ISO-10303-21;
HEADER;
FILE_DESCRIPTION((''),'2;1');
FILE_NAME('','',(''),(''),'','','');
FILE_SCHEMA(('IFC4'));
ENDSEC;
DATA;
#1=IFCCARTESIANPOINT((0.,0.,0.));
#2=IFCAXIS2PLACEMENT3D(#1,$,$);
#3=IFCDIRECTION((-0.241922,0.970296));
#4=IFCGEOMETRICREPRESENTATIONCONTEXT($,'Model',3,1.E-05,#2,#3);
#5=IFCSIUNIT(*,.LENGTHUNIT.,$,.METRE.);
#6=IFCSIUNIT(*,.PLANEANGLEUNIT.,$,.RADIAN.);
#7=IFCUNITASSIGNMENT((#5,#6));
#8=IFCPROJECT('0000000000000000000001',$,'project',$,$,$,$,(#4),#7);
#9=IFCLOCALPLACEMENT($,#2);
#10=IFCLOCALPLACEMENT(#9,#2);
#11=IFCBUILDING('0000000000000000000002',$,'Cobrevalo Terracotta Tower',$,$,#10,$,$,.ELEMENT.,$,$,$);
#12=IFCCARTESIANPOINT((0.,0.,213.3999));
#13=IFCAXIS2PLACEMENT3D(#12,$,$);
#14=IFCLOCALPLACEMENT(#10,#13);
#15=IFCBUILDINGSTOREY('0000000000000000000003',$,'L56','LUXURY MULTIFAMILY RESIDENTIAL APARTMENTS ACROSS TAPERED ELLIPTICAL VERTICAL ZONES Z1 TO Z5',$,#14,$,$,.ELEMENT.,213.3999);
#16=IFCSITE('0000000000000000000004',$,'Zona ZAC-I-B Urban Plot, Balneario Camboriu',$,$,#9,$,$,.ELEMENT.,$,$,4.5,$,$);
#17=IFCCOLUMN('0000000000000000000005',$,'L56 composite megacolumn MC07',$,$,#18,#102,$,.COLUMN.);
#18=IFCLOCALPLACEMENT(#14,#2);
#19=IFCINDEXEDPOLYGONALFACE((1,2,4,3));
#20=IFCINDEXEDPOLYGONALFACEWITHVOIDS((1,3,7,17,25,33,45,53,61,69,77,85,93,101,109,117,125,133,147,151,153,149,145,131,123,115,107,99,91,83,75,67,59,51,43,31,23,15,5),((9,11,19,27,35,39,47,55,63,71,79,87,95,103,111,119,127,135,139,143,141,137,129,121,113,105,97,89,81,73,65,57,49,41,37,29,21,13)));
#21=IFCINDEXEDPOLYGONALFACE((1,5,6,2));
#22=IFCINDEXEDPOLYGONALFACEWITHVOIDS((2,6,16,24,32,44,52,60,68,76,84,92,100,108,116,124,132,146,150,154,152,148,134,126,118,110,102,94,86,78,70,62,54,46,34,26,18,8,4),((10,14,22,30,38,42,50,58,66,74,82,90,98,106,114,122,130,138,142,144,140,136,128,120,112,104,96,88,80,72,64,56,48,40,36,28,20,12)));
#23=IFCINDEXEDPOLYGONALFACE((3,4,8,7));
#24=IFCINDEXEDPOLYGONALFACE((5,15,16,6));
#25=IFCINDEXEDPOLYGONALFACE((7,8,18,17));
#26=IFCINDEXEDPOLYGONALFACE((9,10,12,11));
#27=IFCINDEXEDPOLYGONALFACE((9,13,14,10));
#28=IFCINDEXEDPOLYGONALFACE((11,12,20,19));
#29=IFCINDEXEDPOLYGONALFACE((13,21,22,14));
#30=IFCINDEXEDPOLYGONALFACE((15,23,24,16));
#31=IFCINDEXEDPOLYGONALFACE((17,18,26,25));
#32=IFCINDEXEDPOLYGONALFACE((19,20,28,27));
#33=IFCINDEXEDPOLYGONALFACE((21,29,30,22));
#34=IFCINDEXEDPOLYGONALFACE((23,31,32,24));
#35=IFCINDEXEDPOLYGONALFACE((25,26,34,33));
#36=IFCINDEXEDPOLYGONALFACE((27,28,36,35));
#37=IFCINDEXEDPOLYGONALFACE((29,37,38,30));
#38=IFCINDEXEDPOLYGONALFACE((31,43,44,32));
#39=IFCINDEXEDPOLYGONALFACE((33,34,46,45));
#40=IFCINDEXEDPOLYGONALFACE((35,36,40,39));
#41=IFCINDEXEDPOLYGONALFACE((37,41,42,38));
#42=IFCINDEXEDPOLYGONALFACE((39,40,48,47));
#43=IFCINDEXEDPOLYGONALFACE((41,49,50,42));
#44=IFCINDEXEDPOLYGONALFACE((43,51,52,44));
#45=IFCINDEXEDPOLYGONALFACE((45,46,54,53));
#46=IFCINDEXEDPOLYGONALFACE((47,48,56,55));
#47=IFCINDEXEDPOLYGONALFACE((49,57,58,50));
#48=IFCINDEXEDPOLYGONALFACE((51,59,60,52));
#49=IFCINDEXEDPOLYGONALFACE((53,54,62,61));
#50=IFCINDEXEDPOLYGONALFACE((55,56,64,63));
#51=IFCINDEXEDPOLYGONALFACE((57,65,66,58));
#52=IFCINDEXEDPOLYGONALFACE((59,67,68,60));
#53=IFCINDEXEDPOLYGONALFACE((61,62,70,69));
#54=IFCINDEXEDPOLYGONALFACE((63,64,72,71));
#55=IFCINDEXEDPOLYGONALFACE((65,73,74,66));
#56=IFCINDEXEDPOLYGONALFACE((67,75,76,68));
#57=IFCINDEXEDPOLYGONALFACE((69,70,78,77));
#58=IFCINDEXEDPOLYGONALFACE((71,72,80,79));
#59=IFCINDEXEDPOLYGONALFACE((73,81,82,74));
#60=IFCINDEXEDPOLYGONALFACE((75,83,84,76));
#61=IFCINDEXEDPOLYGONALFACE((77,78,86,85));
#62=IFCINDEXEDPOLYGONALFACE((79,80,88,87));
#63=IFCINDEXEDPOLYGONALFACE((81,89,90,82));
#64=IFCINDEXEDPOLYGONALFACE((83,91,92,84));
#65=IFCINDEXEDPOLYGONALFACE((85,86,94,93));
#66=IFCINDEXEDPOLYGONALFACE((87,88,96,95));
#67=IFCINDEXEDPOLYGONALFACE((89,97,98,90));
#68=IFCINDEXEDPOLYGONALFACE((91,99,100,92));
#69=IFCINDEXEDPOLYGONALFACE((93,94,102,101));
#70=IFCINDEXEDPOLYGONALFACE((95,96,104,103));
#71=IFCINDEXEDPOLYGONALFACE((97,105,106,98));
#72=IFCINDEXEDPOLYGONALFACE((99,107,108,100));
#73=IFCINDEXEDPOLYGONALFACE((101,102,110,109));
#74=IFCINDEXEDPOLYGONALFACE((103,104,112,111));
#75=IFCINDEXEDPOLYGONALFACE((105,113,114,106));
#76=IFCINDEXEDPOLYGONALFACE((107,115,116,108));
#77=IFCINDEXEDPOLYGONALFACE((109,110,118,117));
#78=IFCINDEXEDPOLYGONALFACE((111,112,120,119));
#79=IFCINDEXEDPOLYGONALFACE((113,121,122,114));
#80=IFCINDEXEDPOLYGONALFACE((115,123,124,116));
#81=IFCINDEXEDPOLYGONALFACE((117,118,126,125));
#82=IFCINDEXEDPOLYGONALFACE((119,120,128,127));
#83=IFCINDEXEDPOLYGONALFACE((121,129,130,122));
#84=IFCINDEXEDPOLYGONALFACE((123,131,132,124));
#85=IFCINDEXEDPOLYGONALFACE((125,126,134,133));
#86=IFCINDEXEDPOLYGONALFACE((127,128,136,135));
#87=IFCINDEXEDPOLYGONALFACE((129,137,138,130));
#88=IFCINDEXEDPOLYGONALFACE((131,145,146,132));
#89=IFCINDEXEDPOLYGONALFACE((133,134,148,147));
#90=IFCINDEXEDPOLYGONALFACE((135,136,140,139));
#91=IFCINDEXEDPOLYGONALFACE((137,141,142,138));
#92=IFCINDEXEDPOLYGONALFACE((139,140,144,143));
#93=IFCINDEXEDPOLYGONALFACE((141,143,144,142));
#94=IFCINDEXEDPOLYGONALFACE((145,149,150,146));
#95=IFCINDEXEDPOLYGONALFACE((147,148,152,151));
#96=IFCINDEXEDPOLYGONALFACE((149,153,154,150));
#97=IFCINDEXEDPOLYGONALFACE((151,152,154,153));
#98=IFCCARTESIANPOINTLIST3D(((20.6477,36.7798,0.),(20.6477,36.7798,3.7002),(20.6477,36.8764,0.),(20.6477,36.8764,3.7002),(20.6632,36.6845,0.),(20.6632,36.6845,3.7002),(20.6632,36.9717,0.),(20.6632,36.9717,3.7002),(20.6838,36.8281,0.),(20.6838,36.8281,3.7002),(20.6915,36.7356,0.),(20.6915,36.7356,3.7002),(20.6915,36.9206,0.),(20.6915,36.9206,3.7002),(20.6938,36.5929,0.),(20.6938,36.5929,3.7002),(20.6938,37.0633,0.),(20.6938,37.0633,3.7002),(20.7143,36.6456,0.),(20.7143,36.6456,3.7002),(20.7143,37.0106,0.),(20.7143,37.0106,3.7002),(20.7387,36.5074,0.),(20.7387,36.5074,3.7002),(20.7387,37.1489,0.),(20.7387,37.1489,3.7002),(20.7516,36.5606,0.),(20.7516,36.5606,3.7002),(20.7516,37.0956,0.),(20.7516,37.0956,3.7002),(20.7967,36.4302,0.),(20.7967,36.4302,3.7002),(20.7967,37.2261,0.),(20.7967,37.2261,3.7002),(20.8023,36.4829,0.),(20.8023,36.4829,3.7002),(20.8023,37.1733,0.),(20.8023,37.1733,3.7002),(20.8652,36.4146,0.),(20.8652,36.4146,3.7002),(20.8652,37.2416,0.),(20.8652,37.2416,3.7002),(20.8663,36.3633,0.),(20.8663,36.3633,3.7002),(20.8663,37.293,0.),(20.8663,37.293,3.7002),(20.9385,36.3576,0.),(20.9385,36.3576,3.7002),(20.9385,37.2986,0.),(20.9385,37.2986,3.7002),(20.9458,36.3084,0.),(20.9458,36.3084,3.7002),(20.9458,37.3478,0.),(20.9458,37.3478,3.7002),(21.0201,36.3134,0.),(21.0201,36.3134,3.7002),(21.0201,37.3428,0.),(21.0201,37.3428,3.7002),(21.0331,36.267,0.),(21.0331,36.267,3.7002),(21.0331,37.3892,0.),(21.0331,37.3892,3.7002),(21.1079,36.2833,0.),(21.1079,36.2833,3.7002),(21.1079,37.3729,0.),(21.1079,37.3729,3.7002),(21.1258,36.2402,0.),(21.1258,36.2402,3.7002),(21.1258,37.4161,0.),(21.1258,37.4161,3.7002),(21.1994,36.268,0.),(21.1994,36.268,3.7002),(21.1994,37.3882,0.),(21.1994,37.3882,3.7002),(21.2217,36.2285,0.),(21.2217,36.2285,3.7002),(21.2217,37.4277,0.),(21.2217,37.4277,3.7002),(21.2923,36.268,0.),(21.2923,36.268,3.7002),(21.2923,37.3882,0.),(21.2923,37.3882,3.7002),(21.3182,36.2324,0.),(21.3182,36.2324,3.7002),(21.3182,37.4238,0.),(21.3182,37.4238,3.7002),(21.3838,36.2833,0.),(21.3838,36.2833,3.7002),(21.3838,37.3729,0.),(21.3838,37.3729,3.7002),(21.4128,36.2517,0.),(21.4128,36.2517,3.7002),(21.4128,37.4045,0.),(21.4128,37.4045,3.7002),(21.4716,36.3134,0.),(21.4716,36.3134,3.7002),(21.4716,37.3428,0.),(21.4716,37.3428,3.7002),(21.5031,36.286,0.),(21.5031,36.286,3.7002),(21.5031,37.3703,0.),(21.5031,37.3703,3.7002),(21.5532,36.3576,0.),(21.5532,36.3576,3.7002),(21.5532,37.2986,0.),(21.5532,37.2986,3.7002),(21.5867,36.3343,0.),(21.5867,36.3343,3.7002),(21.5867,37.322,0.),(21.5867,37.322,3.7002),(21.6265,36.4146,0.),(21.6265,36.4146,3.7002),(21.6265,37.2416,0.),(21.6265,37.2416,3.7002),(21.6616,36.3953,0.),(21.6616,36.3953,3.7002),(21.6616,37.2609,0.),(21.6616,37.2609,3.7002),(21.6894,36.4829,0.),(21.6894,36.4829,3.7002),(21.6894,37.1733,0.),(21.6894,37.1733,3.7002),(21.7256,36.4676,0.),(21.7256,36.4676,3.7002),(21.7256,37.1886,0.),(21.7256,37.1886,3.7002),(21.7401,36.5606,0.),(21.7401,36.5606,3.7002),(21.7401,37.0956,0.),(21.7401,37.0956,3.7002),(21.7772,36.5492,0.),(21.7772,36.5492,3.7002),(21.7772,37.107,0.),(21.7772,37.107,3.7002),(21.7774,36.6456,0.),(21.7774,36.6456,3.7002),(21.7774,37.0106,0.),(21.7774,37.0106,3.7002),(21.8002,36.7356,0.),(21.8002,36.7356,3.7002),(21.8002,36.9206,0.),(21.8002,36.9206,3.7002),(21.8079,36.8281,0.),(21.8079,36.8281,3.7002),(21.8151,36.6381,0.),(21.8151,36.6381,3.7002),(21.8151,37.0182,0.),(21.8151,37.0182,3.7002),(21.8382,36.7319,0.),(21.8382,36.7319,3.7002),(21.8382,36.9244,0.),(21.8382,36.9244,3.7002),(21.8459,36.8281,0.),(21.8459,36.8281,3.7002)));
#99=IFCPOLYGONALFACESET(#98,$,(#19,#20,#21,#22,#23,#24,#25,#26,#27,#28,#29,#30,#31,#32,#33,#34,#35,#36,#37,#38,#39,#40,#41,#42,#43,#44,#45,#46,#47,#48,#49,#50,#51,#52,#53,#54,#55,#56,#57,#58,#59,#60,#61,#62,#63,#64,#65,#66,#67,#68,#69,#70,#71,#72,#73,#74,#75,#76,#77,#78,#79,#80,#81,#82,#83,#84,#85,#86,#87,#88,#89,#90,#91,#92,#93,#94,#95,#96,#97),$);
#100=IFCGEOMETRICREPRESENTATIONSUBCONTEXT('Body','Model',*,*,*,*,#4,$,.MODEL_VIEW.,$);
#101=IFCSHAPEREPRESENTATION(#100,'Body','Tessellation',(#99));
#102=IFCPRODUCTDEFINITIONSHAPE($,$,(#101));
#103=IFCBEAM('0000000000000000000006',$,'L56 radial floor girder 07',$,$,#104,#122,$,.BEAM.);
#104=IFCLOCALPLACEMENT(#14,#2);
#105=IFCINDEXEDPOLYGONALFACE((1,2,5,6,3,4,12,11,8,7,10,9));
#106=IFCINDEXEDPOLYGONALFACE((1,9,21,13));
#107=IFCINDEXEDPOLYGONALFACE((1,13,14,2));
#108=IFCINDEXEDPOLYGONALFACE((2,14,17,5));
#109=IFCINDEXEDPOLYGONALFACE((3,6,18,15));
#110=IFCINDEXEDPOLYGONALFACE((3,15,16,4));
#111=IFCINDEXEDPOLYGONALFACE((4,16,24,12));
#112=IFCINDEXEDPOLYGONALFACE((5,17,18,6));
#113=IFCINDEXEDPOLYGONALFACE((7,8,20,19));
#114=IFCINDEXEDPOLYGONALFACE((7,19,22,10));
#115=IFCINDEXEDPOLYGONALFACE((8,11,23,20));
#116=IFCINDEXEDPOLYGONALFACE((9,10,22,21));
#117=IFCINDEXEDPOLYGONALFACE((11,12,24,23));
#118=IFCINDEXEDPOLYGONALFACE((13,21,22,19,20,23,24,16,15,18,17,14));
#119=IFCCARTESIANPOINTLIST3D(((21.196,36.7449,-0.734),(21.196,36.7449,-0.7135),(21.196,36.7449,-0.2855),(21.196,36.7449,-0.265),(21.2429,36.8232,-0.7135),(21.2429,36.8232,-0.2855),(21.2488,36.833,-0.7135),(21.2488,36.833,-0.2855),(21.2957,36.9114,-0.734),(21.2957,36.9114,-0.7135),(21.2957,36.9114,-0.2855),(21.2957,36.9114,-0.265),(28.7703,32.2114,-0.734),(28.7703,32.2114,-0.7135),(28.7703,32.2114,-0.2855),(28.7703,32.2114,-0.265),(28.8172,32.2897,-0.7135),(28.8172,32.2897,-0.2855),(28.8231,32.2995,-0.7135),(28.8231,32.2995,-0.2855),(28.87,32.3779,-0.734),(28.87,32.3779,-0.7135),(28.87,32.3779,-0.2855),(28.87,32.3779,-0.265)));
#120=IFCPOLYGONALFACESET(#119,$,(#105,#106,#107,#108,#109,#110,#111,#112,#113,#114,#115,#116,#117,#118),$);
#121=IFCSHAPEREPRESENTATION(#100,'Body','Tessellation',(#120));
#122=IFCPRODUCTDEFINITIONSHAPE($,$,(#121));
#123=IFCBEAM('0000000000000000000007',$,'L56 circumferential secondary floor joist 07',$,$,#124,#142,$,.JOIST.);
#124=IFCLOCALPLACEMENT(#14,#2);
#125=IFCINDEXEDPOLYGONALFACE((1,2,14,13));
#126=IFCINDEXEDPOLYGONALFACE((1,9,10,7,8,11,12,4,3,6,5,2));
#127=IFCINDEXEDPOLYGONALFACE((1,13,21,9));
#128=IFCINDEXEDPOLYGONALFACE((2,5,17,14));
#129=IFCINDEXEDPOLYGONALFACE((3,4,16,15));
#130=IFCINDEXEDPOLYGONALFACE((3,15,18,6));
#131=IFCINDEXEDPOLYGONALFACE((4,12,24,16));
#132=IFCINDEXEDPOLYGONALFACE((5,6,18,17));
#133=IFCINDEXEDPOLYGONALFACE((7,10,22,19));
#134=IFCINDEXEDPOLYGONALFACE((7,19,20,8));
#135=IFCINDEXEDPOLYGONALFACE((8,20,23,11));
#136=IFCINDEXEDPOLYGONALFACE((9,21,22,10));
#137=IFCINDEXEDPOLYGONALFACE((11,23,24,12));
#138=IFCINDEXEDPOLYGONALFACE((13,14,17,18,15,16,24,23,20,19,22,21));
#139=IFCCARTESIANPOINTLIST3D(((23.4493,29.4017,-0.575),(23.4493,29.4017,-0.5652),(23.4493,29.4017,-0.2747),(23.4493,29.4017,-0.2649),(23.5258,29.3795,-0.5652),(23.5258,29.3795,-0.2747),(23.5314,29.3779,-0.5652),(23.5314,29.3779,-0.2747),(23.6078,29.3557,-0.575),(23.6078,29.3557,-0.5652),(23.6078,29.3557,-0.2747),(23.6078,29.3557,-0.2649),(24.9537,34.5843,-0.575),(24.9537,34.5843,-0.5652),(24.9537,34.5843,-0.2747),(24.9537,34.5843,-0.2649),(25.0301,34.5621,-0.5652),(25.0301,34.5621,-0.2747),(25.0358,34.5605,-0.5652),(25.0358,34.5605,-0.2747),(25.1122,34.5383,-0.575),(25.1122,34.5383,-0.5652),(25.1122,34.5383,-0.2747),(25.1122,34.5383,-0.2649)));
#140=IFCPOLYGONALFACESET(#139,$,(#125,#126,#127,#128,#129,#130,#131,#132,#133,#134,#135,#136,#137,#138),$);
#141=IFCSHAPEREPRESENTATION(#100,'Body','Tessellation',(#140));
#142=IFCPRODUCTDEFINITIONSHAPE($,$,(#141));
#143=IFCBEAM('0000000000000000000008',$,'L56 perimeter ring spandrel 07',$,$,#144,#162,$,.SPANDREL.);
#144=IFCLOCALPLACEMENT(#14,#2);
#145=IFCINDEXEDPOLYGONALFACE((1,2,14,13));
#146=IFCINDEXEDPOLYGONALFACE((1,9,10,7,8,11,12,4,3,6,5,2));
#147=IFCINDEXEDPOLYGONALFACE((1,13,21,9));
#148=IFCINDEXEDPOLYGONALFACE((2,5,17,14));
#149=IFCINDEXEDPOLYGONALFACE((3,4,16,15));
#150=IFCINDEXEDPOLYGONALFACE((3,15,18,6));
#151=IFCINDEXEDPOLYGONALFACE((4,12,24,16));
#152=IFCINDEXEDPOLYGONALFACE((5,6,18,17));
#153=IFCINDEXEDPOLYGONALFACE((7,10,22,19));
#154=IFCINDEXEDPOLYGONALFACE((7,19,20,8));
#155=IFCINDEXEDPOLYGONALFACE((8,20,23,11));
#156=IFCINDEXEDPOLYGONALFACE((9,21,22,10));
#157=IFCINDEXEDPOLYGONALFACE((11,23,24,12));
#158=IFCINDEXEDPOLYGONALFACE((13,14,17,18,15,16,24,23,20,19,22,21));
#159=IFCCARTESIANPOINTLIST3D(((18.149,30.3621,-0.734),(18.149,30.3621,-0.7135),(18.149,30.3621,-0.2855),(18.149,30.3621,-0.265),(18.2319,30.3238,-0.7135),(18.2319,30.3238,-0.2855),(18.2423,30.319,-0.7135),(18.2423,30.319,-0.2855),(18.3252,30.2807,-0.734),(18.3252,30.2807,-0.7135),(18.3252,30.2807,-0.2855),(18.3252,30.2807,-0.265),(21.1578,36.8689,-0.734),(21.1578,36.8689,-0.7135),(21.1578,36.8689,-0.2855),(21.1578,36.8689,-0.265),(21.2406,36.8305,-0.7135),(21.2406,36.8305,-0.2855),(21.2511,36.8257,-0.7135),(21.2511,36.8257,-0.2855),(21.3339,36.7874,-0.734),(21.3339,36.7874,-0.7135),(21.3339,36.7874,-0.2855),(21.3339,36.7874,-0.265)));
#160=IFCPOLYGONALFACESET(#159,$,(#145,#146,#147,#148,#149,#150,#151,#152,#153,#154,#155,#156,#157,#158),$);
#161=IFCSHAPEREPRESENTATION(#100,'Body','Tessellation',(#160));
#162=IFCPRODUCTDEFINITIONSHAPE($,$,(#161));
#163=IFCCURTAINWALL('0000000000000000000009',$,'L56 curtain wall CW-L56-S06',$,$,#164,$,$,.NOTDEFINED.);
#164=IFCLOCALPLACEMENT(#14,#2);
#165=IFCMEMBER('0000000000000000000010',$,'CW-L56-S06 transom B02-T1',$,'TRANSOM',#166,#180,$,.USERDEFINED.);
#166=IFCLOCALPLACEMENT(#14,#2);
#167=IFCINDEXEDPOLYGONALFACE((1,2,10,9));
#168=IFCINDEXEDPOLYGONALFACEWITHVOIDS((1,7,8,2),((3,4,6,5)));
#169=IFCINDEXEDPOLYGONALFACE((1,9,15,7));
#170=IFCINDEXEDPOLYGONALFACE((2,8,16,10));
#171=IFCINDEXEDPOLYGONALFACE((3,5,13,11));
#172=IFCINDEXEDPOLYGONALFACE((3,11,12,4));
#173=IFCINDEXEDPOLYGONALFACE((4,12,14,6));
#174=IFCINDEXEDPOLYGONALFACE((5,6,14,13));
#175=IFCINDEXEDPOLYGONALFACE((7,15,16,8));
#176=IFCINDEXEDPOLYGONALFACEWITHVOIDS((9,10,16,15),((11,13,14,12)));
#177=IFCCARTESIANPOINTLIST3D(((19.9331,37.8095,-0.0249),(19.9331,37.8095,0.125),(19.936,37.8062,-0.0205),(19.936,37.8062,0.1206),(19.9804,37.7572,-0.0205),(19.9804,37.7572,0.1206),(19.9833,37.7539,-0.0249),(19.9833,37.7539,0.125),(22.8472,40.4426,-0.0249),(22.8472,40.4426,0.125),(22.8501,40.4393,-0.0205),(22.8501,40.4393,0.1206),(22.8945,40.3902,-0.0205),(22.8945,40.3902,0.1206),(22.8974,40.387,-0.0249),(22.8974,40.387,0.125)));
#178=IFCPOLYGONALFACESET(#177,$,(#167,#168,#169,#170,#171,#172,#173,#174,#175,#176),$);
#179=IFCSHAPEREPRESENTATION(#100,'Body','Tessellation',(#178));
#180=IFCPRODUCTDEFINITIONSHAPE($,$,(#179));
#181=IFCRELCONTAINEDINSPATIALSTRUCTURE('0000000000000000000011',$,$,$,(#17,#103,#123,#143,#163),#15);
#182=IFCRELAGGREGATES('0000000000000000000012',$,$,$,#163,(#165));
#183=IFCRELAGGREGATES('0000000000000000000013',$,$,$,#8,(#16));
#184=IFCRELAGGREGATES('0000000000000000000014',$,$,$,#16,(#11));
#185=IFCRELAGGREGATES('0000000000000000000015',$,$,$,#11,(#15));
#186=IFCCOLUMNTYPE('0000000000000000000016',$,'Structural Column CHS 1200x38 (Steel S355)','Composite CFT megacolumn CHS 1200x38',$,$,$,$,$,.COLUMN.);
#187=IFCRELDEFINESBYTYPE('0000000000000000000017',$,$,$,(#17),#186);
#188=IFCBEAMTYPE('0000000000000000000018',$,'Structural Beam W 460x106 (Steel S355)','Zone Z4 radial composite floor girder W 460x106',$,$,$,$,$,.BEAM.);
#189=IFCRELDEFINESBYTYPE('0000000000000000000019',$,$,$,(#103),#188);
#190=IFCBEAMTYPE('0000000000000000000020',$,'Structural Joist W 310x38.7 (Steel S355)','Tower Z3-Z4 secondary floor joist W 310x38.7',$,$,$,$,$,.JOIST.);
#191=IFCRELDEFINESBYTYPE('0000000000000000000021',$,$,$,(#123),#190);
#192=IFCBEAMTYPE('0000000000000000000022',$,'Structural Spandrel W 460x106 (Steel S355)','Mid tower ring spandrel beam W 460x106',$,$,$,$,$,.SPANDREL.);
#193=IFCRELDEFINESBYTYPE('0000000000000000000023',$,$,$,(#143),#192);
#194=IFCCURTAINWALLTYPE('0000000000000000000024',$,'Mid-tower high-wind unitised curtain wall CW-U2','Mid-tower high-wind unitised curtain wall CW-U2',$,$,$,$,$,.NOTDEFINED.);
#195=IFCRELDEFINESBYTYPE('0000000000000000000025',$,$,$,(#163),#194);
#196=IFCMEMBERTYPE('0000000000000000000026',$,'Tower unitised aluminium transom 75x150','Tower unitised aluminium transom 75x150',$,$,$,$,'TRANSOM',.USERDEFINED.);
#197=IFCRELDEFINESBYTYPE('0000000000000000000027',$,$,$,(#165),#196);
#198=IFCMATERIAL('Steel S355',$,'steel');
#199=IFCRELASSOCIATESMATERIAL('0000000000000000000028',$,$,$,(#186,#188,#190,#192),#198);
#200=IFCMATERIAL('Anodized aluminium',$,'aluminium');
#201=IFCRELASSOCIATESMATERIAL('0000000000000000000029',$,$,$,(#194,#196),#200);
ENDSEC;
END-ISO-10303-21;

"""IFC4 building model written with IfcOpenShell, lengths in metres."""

from ifc_helpers import new_model, si_unit, direction, frame, origin, origin_2d, place, context, subcontext, project, spatial, hollow_rectangle, hollow_circle, i_section, extrude, source, transform, mapped, material, material_profile, profile_set, type_object, element, aggregate, save


model = new_model("IFC4")

# Units and contexts
model_context = context("Model", 3, precision=1e-05, world=origin(), true_north=direction((-0.241922, 0.970296)))
body_context = subcontext(model_context, "Body", "Model", "MODEL_VIEW")
ifc_project = project(units=[si_unit("LENGTHUNIT", "METRE"), si_unit("PLANEANGLEUNIT", "RADIAN")], contexts=[model_context])

# Site, building, storey
site_placement = place(None, origin())
site = spatial("IfcSite", under=ifc_project, at=site_placement, Name="Zona ZAC-I-B Urban Plot, Balneario Camboriu", CompositionType="ELEMENT", RefElevation=4.5)
building_placement = place(site_placement, origin())
building = spatial("IfcBuilding", under=site, at=building_placement, Name="Cobrevalo Terracotta Tower", CompositionType="ELEMENT")
storey_placement = place(building_placement, frame((0.0, 0.0, 213.3999)))
storey = spatial("IfcBuildingStorey", under=building, at=storey_placement, Name="L56", Description="LUXURY MULTIFAMILY RESIDENTIAL APARTMENTS ACROSS TAPERED ELLIPTICAL VERTICAL ZONES Z1 TO Z5", CompositionType="ELEMENT", Elevation=213.3999)

# Column
ifc_material_1 = material(Name="Steel S355", Category="steel")
ifc_material_profile_1 = material_profile(ifc_material_1, hollow_circle(Radius=0.6001, WallThickness=0.0381, at=origin_2d()), Name="CHS 1200x38")
ifc_profile_set_1 = profile_set([ifc_material_profile_1], Name="Steel S355")
column_type = type_object("IfcColumnType", Name="Structural Column CHS 1200x38 (Steel S355)", Description="Composite CFT megacolumn CHS 1200x38", PredefinedType="COLUMN", material=ifc_profile_set_1)
column_placement = place(storey_placement, frame((21.2458, 36.8281, 0.0), z_axis=(0.0, 0.0, 1.0), x_axis=(1.0, 0.0, 0.0)))
element("IfcColumn", 1, at=column_placement, inside=storey, type_object=column_type, Name="L56 composite megacolumn MC07", PredefinedType="COLUMN", context=body_context, shape_type="SweptSolid", body=[
    extrude(hollow_circle(Radius=0.6001, WallThickness=0.0381, at=origin_2d()), origin(), (0.0, 0.0, 1.0), 3.7002),
])

# Beams
ifc_material_profile_2 = material_profile(ifc_material_1, i_section(OverallWidth=0.1941, OverallDepth=0.469, WebThickness=0.0115, FlangeThickness=0.0205, at=origin_2d()), Name="W 460x106")
ifc_profile_set_2 = profile_set([ifc_material_profile_2], Name="Steel S355")
beam_type_1 = type_object("IfcBeamType", Name="Structural Beam W 460x106 (Steel S355)", Description="Zone Z4 radial composite floor girder W 460x106", PredefinedType="BEAM", material=ifc_profile_set_2)
beam_1_placement = place(storey_placement, frame((21.2458, 36.8281, -0.4995), z_axis=(0.858046, -0.513572, 0.0), x_axis=(0.513572, 0.858046, 0.0)))
element("IfcBeam", 2, at=beam_1_placement, inside=storey, type_object=beam_type_1, Name="L56 radial floor girder 07", PredefinedType="BEAM", context=body_context, shape_type="SweptSolid", body=[
    extrude(i_section(OverallWidth=0.1941, OverallDepth=0.469, WebThickness=0.0115, FlangeThickness=0.0205, at=origin_2d()), origin(), (0.0, 0.0, 1.0), 8.8274),
])
ifc_material_profile_3 = material_profile(ifc_material_1, i_section(OverallWidth=0.165, OverallDepth=0.3101, WebThickness=0.0059, FlangeThickness=0.0098, at=origin_2d()), Name="W 310x38.7")
ifc_profile_set_3 = profile_set([ifc_material_profile_3], Name="Steel S355")
beam_type_2 = type_object("IfcBeamType", Name="Structural Joist W 310x38.7 (Steel S355)", Description="Tower Z3-Z4 secondary floor joist W 310x38.7", PredefinedType="JOIST", material=ifc_profile_set_3)
beam_2_placement = place(storey_placement, frame((25.033, 34.5613, -0.4199), z_axis=(-0.27877, -0.960358, 0.0), x_axis=(0.960358, -0.27877, 0.0)))
element("IfcBeam", 3, at=beam_2_placement, inside=storey, type_object=beam_type_2, Name="L56 circumferential secondary floor joist 07", PredefinedType="JOIST", context=body_context, shape_type="SweptSolid", body=[
    extrude(i_section(OverallWidth=0.165, OverallDepth=0.3101, WebThickness=0.0059, FlangeThickness=0.0098, at=origin_2d()), origin(), (0.0, 0.0, 1.0), 5.3965),
])
ifc_material_profile_4 = material_profile(ifc_material_1, i_section(OverallWidth=0.1941, OverallDepth=0.469, WebThickness=0.0115, FlangeThickness=0.0205, at=origin_2d()), Name="W 460x106")
ifc_profile_set_4 = profile_set([ifc_material_profile_4], Name="Steel S355")
beam_type_3 = type_object("IfcBeamType", Name="Structural Spandrel W 460x106 (Steel S355)", Description="Mid tower ring spandrel beam W 460x106", PredefinedType="SPANDREL", material=ifc_profile_set_4)
beam_3_placement = place(storey_placement, frame((21.2458, 36.8281, -0.4995), z_axis=(-0.419706, -0.90766, 0.0), x_axis=(0.90766, -0.419706, 0.0)))
element("IfcBeam", 4, at=beam_3_placement, inside=storey, type_object=beam_type_3, Name="L56 perimeter ring spandrel 07", PredefinedType="SPANDREL", context=body_context, shape_type="SweptSolid", body=[
    extrude(i_section(OverallWidth=0.1941, OverallDepth=0.469, WebThickness=0.0115, FlangeThickness=0.0205, at=origin_2d()), origin(), (0.0, 0.0, 1.0), 7.1687),
])

# Curtain wall, member
ifc_material_2 = material(Name="Anodized aluminium", Category="aluminium")
curtain_wall_type = type_object("IfcCurtainWallType", Name="Mid-tower high-wind unitised curtain wall CW-U2", Description="Mid-tower high-wind unitised curtain wall CW-U2", PredefinedType="NOTDEFINED", material=ifc_material_2)
curtain_wall_1_placement = place(storey_placement, origin())
curtain_wall_1 = element("IfcCurtainWall", 5, at=curtain_wall_1_placement, inside=storey, type_object=curtain_wall_type, Name="L56 curtain wall CW-L56-S06", PredefinedType="NOTDEFINED")
ifc_material_profile_5 = material_profile(ifc_material_2, hollow_rectangle(XDim=0.075, YDim=0.1499, WallThickness=0.0044, at=origin_2d()), Name="CWT 75x150")
ifc_profile_set_5 = profile_set([ifc_material_profile_5], Name="Anodized aluminium")
member_type_1 = type_object("IfcMemberType", Name="Tower unitised aluminium transom 75x150", Description="Tower unitised aluminium transom 75x150", ElementType="TRANSOM", PredefinedType="USERDEFINED", material=ifc_profile_set_5)
shared_shape_1 = source(origin(), body_context, "Body", "SweptSolid", [
    extrude(hollow_rectangle(XDim=0.075, YDim=0.1499, WallThickness=0.0044, at=origin_2d()), origin(), (0.0, 0.0, 1.0), 3.9275),
])
member_1_placement = place(storey_placement, frame((22.8723, 40.4148, 0.05), z_axis=(-0.741976, -0.670426, 0.0), x_axis=(0.670426, -0.741976, 0.0)))
member_1 = element("IfcMember", 6, at=member_1_placement, type_object=member_type_1, Name="CW-L56-S06 transom B02-T1", ObjectType="TRANSOM", PredefinedType="USERDEFINED", context=body_context, shape_type="MappedRepresentation", body=[
    mapped(shared_shape_1, transform((0.0, 0.0, 0.0), scale=1.0)),
])

aggregate(curtain_wall_1, [member_1])

save(model, "model.ifc")
